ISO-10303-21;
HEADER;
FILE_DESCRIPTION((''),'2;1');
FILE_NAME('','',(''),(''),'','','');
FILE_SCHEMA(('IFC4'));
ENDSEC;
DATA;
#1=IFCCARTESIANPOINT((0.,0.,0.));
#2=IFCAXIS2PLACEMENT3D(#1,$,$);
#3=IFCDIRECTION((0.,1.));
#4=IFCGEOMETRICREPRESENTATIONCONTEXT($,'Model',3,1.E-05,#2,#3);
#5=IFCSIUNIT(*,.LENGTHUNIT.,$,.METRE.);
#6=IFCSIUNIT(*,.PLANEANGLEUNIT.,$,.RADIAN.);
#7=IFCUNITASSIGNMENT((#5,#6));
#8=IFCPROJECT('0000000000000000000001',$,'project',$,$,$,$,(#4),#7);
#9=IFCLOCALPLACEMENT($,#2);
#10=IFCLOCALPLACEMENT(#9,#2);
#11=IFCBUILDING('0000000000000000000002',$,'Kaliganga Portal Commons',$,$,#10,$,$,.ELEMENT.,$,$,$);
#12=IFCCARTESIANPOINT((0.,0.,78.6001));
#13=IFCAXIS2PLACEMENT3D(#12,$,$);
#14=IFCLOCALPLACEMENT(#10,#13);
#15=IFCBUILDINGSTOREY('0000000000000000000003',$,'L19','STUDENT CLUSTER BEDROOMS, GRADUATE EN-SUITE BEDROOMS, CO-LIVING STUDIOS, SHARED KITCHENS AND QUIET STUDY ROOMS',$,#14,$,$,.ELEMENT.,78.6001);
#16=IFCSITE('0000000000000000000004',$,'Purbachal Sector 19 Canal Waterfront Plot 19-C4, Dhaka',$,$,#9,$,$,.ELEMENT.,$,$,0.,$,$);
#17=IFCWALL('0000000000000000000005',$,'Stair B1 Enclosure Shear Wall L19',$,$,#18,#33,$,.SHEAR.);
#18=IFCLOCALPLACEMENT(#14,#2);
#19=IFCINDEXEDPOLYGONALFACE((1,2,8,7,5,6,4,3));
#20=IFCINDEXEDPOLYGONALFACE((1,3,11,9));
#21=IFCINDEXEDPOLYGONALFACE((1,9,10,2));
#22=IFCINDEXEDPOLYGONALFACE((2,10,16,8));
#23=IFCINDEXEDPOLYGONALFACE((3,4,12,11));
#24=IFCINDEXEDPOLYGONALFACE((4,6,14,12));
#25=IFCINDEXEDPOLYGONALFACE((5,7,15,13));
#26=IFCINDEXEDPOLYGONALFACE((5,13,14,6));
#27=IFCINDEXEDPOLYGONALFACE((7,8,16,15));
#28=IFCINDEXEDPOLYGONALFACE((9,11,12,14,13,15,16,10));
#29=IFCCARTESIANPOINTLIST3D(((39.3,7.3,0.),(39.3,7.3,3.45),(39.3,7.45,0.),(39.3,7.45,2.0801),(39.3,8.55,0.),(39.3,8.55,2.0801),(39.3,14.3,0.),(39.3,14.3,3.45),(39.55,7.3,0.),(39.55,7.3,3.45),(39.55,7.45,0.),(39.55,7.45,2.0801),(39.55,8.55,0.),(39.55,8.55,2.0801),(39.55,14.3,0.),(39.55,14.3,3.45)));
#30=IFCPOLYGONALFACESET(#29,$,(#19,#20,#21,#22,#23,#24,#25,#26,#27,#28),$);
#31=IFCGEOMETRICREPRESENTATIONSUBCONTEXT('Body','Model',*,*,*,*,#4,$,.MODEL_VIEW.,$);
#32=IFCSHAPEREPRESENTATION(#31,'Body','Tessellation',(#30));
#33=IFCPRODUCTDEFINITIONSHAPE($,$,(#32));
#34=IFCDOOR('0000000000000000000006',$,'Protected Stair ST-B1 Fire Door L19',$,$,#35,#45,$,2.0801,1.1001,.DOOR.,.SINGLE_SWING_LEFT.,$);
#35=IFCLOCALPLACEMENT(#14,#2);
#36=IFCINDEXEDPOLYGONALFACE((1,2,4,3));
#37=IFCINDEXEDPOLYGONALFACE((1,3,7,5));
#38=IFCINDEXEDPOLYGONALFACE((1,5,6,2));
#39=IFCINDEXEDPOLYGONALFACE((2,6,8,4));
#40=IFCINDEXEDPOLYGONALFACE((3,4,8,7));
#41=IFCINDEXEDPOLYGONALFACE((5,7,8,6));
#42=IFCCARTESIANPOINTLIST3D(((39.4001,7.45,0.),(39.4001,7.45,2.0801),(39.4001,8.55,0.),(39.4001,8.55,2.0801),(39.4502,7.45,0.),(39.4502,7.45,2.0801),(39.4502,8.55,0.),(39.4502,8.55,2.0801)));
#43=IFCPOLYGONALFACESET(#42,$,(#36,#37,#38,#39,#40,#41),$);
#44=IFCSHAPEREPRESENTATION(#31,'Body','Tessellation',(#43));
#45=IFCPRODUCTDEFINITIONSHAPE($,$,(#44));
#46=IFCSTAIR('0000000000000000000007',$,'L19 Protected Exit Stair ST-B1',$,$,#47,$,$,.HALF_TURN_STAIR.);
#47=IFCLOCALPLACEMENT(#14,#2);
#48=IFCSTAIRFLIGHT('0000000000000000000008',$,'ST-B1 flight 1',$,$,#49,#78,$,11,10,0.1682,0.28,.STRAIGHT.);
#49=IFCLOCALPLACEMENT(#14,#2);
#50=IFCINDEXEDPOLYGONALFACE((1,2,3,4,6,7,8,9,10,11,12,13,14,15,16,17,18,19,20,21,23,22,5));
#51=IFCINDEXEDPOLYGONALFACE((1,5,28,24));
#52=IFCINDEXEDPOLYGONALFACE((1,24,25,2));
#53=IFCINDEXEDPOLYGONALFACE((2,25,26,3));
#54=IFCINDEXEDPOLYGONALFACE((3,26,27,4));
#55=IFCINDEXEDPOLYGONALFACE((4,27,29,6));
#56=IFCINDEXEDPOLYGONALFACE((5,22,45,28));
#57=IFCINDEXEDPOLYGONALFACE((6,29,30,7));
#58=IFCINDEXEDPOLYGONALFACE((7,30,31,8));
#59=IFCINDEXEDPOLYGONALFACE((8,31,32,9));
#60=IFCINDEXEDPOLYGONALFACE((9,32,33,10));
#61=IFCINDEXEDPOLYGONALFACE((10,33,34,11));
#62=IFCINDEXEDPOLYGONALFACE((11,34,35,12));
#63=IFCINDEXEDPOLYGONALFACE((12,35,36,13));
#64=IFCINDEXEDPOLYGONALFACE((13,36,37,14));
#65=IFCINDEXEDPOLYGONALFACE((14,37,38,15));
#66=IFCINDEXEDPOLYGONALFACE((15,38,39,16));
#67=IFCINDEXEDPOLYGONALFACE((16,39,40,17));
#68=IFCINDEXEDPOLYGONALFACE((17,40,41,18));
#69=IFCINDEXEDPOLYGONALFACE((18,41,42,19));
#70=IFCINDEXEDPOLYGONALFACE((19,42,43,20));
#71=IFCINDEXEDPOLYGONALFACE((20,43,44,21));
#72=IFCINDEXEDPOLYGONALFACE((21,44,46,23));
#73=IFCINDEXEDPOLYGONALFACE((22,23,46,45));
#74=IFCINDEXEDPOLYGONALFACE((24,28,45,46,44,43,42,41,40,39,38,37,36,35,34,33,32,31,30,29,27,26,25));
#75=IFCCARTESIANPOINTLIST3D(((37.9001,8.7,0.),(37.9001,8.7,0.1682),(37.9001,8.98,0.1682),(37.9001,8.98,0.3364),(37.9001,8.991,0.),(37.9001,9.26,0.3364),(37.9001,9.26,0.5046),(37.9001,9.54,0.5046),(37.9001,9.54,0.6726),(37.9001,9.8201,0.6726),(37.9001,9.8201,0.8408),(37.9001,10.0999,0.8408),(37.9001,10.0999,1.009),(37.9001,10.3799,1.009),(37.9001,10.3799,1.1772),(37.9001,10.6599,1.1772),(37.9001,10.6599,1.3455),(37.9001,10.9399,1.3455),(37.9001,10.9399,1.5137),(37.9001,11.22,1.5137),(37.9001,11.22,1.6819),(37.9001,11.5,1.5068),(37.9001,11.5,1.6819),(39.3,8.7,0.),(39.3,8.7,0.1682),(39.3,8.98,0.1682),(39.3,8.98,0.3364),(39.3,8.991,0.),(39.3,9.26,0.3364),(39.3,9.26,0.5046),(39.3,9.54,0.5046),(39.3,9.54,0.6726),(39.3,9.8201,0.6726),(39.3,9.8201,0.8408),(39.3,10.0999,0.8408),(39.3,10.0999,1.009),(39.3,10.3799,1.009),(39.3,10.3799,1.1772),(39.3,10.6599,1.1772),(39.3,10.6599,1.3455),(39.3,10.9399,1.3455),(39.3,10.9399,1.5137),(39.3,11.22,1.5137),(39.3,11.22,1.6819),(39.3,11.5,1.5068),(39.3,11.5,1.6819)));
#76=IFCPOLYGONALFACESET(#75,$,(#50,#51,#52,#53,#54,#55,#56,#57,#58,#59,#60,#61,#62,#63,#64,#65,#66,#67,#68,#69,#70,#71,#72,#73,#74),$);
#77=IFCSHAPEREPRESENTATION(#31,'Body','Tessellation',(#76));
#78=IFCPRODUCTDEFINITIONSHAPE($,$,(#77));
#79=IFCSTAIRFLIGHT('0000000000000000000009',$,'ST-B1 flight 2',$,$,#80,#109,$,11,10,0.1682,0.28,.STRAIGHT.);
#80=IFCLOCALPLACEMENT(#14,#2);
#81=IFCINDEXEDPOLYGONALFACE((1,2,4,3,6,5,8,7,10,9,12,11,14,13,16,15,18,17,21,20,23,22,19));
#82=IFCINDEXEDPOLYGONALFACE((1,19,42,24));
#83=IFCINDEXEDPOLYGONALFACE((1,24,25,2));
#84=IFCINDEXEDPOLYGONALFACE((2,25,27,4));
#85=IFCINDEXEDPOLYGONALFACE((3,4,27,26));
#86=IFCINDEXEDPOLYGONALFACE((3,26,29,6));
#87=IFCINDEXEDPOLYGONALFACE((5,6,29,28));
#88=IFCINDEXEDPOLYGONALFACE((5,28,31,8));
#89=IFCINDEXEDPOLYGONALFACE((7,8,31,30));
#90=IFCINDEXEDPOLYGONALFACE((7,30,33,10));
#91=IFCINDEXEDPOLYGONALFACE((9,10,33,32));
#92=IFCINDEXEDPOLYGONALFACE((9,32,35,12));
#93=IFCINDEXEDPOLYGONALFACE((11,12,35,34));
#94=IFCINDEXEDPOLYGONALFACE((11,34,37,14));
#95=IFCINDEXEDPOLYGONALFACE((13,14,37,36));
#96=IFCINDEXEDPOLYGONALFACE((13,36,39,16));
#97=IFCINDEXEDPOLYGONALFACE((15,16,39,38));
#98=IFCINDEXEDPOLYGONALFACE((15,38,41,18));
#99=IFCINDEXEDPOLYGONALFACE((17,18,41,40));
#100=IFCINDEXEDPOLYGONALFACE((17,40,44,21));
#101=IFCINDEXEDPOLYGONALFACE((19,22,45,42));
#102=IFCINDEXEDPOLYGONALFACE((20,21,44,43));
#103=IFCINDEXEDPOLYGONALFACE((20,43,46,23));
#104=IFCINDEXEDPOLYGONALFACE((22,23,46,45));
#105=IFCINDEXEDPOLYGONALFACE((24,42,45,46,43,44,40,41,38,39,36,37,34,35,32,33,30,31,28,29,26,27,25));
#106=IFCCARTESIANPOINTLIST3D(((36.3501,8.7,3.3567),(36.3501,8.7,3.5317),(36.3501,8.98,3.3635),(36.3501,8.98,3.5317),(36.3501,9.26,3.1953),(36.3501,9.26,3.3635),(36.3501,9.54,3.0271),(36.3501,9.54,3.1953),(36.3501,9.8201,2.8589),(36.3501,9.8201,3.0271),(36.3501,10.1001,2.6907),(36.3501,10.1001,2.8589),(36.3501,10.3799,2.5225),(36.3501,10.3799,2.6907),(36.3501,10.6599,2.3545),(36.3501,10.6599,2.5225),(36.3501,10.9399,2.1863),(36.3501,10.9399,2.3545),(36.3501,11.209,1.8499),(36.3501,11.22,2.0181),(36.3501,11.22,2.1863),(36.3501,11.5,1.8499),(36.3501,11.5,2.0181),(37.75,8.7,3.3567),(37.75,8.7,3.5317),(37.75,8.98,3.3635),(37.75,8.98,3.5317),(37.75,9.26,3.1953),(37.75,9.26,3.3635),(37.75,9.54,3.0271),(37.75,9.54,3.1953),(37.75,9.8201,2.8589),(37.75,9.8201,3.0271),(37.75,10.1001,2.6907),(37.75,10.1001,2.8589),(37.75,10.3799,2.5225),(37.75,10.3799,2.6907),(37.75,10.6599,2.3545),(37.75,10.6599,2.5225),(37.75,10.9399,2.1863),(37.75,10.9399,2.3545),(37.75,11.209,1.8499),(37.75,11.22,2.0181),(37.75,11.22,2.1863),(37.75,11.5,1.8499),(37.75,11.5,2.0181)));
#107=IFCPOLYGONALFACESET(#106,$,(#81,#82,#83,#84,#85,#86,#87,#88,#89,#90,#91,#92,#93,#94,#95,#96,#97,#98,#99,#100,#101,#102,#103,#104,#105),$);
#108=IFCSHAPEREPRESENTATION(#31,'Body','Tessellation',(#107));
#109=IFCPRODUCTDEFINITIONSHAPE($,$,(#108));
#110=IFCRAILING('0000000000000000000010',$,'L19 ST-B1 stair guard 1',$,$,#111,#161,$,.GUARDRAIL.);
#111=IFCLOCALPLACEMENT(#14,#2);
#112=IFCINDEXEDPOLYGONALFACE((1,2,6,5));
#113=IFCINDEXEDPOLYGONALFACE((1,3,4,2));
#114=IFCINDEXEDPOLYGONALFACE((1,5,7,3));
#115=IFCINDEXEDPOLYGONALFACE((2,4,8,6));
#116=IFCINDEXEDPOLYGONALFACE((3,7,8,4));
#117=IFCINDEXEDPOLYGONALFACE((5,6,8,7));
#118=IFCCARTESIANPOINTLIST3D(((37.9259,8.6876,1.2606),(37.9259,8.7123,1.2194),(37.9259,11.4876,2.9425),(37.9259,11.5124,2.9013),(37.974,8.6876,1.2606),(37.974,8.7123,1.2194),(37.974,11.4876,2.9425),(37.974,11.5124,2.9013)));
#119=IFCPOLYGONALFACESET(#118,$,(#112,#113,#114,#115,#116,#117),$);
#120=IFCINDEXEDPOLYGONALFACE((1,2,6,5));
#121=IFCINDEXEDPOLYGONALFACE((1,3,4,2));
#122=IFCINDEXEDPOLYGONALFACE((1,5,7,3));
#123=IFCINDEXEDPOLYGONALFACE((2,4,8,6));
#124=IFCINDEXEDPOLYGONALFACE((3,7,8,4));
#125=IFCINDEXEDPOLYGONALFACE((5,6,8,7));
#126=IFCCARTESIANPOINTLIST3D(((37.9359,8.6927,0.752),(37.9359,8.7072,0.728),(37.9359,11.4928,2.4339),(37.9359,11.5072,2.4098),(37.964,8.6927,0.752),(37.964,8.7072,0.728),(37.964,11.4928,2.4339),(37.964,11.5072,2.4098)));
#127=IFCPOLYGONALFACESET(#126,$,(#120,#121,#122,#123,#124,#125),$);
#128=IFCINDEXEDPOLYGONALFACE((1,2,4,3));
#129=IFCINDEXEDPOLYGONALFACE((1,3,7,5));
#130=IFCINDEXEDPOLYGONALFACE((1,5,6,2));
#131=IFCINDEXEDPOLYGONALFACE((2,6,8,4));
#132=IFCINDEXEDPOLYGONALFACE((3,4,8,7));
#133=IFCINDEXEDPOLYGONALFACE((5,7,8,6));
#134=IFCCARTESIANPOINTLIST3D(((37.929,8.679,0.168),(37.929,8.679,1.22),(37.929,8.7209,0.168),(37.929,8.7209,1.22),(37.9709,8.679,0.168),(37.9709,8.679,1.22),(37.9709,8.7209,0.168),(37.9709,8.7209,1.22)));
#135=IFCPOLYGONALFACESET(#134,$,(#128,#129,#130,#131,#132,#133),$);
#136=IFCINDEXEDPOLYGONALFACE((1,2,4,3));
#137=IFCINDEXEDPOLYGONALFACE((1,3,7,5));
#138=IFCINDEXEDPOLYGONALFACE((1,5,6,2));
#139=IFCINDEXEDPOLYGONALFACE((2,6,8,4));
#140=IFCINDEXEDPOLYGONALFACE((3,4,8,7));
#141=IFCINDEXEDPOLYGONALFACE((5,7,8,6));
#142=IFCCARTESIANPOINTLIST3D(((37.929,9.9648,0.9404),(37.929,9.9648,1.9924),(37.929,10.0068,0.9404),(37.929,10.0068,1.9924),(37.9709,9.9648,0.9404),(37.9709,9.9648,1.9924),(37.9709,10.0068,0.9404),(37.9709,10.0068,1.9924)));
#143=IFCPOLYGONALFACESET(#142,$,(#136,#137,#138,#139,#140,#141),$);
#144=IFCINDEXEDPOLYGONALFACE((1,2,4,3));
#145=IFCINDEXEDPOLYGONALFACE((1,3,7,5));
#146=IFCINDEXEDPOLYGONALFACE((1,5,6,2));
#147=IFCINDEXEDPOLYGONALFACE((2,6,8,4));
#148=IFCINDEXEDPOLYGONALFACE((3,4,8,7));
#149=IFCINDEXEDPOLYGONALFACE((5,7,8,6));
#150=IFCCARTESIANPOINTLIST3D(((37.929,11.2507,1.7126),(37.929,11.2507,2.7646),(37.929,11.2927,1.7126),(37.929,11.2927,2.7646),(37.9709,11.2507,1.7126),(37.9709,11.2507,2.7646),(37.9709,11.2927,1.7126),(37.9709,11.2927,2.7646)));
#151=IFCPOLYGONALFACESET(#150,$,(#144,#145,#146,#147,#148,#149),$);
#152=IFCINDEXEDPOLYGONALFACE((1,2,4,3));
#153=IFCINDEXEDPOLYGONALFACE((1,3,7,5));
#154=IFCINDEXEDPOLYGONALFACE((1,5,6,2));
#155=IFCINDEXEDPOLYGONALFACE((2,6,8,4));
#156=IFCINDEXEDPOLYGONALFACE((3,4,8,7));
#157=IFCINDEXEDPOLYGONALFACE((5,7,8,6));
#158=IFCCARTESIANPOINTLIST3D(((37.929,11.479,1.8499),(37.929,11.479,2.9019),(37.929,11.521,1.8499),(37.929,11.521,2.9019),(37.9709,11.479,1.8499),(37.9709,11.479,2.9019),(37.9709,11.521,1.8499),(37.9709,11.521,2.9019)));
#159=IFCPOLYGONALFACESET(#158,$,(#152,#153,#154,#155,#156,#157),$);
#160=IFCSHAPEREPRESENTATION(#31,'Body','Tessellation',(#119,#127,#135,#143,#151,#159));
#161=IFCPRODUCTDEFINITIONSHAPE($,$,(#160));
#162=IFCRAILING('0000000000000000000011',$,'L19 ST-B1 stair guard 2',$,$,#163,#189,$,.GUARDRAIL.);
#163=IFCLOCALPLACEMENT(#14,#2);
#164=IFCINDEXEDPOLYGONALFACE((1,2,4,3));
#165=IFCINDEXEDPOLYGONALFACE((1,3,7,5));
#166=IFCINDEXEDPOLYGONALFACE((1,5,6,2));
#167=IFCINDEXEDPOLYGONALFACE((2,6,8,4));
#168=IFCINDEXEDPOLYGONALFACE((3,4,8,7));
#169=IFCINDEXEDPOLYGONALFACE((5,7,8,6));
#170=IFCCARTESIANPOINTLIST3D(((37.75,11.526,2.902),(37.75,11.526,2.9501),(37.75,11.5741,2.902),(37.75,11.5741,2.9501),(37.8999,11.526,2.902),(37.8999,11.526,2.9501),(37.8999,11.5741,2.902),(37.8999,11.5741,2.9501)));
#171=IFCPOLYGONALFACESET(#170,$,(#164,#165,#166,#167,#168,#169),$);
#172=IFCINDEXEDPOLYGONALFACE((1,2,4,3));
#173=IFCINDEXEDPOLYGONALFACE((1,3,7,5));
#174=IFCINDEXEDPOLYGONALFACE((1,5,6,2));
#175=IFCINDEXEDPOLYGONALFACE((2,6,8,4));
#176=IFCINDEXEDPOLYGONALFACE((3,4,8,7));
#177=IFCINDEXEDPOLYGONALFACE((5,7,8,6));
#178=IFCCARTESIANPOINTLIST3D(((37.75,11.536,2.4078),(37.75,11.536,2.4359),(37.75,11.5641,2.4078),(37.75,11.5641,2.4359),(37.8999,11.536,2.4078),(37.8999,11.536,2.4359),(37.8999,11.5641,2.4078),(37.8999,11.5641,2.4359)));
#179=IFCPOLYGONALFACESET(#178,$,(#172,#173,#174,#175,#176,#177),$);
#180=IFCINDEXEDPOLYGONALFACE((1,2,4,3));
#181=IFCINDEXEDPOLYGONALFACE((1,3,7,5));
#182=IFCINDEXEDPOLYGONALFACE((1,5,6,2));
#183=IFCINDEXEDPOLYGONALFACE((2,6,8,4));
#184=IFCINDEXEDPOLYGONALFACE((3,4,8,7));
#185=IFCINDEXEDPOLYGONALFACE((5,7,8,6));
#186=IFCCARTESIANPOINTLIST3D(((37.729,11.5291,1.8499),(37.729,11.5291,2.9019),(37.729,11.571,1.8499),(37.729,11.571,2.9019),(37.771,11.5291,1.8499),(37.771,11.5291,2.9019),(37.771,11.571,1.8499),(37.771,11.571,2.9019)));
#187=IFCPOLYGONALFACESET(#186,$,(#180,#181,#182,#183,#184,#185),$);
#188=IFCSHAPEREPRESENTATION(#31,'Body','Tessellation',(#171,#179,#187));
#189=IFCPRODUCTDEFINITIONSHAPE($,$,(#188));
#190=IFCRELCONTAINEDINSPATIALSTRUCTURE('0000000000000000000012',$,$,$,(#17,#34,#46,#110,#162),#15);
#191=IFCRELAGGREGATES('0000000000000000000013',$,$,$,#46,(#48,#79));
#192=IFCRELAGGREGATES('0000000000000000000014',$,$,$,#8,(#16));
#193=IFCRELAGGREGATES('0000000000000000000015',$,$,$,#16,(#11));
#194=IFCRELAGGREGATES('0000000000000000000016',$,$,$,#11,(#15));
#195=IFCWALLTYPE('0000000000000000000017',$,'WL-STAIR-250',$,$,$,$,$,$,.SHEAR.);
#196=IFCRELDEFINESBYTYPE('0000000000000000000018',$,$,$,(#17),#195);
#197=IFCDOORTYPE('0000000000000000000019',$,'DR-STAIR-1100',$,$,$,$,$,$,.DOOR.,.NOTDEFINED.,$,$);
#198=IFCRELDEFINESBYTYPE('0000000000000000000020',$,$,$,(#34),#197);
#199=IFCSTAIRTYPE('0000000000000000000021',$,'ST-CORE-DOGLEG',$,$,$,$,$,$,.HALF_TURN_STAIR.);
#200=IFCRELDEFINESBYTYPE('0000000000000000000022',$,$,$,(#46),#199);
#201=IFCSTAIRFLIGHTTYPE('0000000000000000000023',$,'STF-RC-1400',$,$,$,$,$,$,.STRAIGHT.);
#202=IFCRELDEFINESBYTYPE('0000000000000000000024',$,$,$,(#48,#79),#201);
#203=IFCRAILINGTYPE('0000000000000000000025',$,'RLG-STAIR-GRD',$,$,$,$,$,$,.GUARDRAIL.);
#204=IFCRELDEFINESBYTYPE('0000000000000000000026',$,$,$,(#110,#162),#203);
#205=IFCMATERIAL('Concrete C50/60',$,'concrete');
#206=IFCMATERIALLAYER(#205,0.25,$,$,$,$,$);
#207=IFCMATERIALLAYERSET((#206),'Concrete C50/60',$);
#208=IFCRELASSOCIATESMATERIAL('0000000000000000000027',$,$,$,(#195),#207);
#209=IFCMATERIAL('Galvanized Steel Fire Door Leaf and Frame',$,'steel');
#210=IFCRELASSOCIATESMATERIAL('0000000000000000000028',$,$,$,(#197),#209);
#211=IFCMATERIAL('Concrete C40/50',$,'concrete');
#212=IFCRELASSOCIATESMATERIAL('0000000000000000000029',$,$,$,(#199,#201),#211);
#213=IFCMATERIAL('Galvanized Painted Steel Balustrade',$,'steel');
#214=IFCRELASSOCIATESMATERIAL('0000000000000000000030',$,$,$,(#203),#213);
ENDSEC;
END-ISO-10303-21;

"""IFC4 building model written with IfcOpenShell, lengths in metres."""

from ifc_helpers import new_model, si_unit, direction, frame, frame_2d, origin, origin_2d, place, context, subcontext, project, spatial, polyline, rectangle, outline, extrude, material, layer, layer_set, type_object, element, fill, aggregate, save


model = new_model("IFC4")

# Units and contexts
model_context = context("Model", 3, precision=1e-05, world=origin(), true_north=direction((0.0, 1.0)))
body_context = subcontext(model_context, "Body", "Model", "MODEL_VIEW")
ifc_project = project(units=[si_unit("LENGTHUNIT", "METRE"), si_unit("PLANEANGLEUNIT", "RADIAN")], contexts=[model_context])

# Site, building, storey
site_placement = place(None, origin())
site = spatial("IfcSite", under=ifc_project, at=site_placement, Name="Purbachal Sector 19 Canal Waterfront Plot 19-C4, Dhaka", CompositionType="ELEMENT", RefElevation=0.0)
building_placement = place(site_placement, origin())
building = spatial("IfcBuilding", under=site, at=building_placement, Name="Kaliganga Portal Commons", CompositionType="ELEMENT")
storey_placement = place(building_placement, frame((0.0, 0.0, 78.6001)))
storey = spatial("IfcBuildingStorey", under=building, at=storey_placement, Name="L19", Description="STUDENT CLUSTER BEDROOMS, GRADUATE EN-SUITE BEDROOMS, CO-LIVING STUDIOS, SHARED KITCHENS AND QUIET STUDY ROOMS", CompositionType="ELEMENT", Elevation=78.6001)

# Wall, opening, door
ifc_material_1 = material(Name="Concrete C50/60", Category="concrete")
ifc_layer_1 = layer(ifc_material_1, 0.25)
ifc_layer_set_1 = layer_set([ifc_layer_1], Name="Concrete C50/60")
wall_type_1 = type_object("IfcWallType", Name="WL-STAIR-250", PredefinedType="SHEAR", material=ifc_layer_set_1)
wall_1_placement = place(storey_placement, frame((39.425, 7.3, 0.0), z_axis=(0.0, 0.0, 1.0), x_axis=(0.0, 1.0, 0.0)))
wall_1 = element("IfcWall", 1, at=wall_1_placement, inside=storey, type_object=wall_type_1, Name="Stair B1 Enclosure Shear Wall L19", PredefinedType="SHEAR", context=body_context, shape_type="SweptSolid", body=[
    extrude(rectangle(XDim=7.0, YDim=0.25, at=frame_2d((3.5, 0.0))), origin(), (0.0, 0.0, 1.0), 3.45),
])
opening_1_placement = place(wall_1_placement, frame((0.1499, 0.0, 0.0)))
opening_1 = element("IfcOpeningElement", 2, at=opening_1_placement, cuts=wall_1, PredefinedType="OPENING", context=body_context, shape_type="SweptSolid", body=[
    extrude(rectangle(XDim=1.1001, YDim=2.0801, at=frame_2d((0.55, 1.04))), frame((0.0, 0.135, 0.0), z_axis=(0.0, -1.0, 0.0), x_axis=(1.0, 0.0, 0.0)), (0.0, 0.0, 1.0), 0.27),
])
ifc_material_2 = material(Name="Galvanized Steel Fire Door Leaf and Frame", Category="steel")
door_type_1 = type_object("IfcDoorType", Name="DR-STAIR-1100", OperationType="NOTDEFINED", PredefinedType="DOOR", material=ifc_material_2)
door_1_placement = place(opening_1_placement, origin())
door_1 = element("IfcDoor", 3, at=door_1_placement, inside=storey, type_object=door_type_1, Name="Protected Stair ST-B1 Fire Door L19", OperationType="SINGLE_SWING_LEFT", OverallHeight=2.0801, OverallWidth=1.1001, PredefinedType="DOOR", context=body_context, shape_type="SweptSolid", body=[
    extrude(rectangle(XDim=1.1001, YDim=2.0801, at=frame_2d((0.55, 1.04))), frame((0.0, 0.0249, 0.0), z_axis=(0.0, -1.0, 0.0), x_axis=(1.0, 0.0, 0.0)), (0.0, 0.0, 1.0), 0.05),
])
fill(opening_1, door_1)

# Stair, stair flights
ifc_material_3 = material(Name="Concrete C40/50", Category="concrete")
stair_type = type_object("IfcStairType", Name="ST-CORE-DOGLEG", PredefinedType="HALF_TURN_STAIR", material=ifc_material_3)
stair_placement = place(storey_placement, origin())
stair = element("IfcStair", 4, at=stair_placement, inside=storey, type_object=stair_type, Name="L19 Protected Exit Stair ST-B1", PredefinedType="HALF_TURN_STAIR")
stair_flight_type = type_object("IfcStairFlightType", Name="STF-RC-1400", PredefinedType="STRAIGHT", material=ifc_material_3)
stair_flight_1_placement = place(storey_placement, frame((38.6001, 8.7, 0.0), z_axis=(0.0, 0.0, 1.0), x_axis=(0.0, 1.0, 0.0)))
stair_flight_1 = element("IfcStairFlight", 5, at=stair_flight_1_placement, type_object=stair_flight_type, Name="ST-B1 flight 1", NumberOfRisers=11, NumberOfTreads=10, PredefinedType="STRAIGHT", RiserHeight=0.1682, TreadLength=0.28, context=body_context, shape_type="SweptSolid", body=[
    extrude(outline(polyline([(0.0, 0.0), (0.0, 0.1682), (0.28, 0.1682), (0.28, 0.3364), (0.5601, 0.3364), (0.5601, 0.5046), (0.8401, 0.5046), (0.8401, 0.6726), (1.1201, 0.6726), (1.1201, 0.8408), (1.3999, 0.8408), (1.3999, 1.009), (1.6799, 1.009), (1.6799, 1.1772), (1.96, 1.1772), (1.96, 1.3455), (2.24, 1.3455), (2.24, 1.5137), (2.52, 1.5137), (2.52, 1.6819), (2.8, 1.6819), (2.8, 1.8501), (2.8, 1.5068), (0.291, 0.0), (0.0, 0.0)])), frame((0.0, 0.7, 0.0), z_axis=(0.0, -1.0, 0.0), x_axis=(1.0, 0.0, 0.0)), (0.0, 0.0, 1.0), 1.3999),
])
stair_flight_2_placement = place(storey_placement, frame((37.05, 11.5, 1.8499), z_axis=(0.0, 0.0, 1.0), x_axis=(0.0, -1.0, 0.0)))
stair_flight_2 = element("IfcStairFlight", 6, at=stair_flight_2_placement, type_object=stair_flight_type, Name="ST-B1 flight 2", NumberOfRisers=11, NumberOfTreads=10, PredefinedType="STRAIGHT", RiserHeight=0.1682, TreadLength=0.28, context=body_context, shape_type="SweptSolid", body=[
    extrude(outline(polyline([(0.0, 0.0), (0.0, 0.1682), (0.28, 0.1682), (0.28, 0.3364), (0.5601, 0.3364), (0.5601, 0.5046), (0.8401, 0.5046), (0.8401, 0.6726), (1.1201, 0.6726), (1.1201, 0.8408), (1.3999, 0.8408), (1.3999, 1.009), (1.6799, 1.009), (1.6799, 1.1772), (1.96, 1.1772), (1.96, 1.3455), (2.24, 1.3455), (2.24, 1.5137), (2.52, 1.5137), (2.52, 1.6819), (2.8, 1.6819), (2.8, 1.8501), (2.8, 1.5068), (0.291, 0.0), (0.0, 0.0)])), frame((0.0, 0.7, 0.0), z_axis=(0.0, -1.0, 0.0), x_axis=(1.0, 0.0, 0.0)), (0.0, 0.0, 1.0), 1.3999),
])
aggregate(stair, [stair_flight_1, stair_flight_2])

# Railings
ifc_material_4 = material(Name="Galvanized Painted Steel Balustrade", Category="steel")
railing_type_1 = type_object("IfcRailingType", Name="RLG-STAIR-GRD", PredefinedType="GUARDRAIL", material=ifc_material_4)
railing_1_placement = place(storey_placement, frame((37.95, 8.7, 0.168)))
element("IfcRailing", 7, at=railing_1_placement, inside=storey, type_object=railing_type_1, Name="L19 ST-B1 stair guard 1", PredefinedType="GUARDRAIL", context=body_context, shape_type="SweptSolid", body=[
    extrude(rectangle(XDim=0.0481, YDim=0.0481, at=origin_2d()), frame((0.0, 0.0, 1.072), z_axis=(0.0, 0.857242, 0.514913), x_axis=(-1.0, 0.0, 0.0)), (0.0, 0.0, 1.0), 3.2664),
    extrude(rectangle(XDim=0.0281, YDim=0.0281, at=origin_2d()), frame((0.0, 0.0, 0.572), z_axis=(0.0, 0.857242, 0.514913), x_axis=(-1.0, 0.0, 0.0)), (0.0, 0.0, 1.0), 3.2664),
    extrude(rectangle(XDim=0.042, YDim=0.042, at=origin_2d()), origin(), (0.0, 0.0, 1.0), 1.052),
    extrude(rectangle(XDim=0.042, YDim=0.042, at=origin_2d()), frame((0.0, 1.2859, 0.7725)), (0.0, 0.0, 1.0), 1.052),
    extrude(rectangle(XDim=0.042, YDim=0.042, at=origin_2d()), frame((0.0, 2.5718, 1.5447)), (0.0, 0.0, 1.0), 1.052),
    extrude(rectangle(XDim=0.042, YDim=0.042, at=origin_2d()), frame((0.0, 2.8, 1.6819)), (0.0, 0.0, 1.0), 1.052),
])
railing_2_placement = place(storey_placement, frame((37.8999, 11.55, 1.8499)))
element("IfcRailing", 8, at=railing_2_placement, inside=storey, type_object=railing_type_1, Name="L19 ST-B1 stair guard 2", PredefinedType="GUARDRAIL", context=body_context, shape_type="SweptSolid", body=[
    extrude(rectangle(XDim=0.0481, YDim=0.0481, at=origin_2d()), frame((0.0, 0.0, 1.0762), z_axis=(-1.0, 0.0, 0.0), x_axis=(0.0, -1.0, 0.0)), (0.0, 0.0, 1.0), 0.1499),
    extrude(rectangle(XDim=0.0281, YDim=0.0281, at=origin_2d()), frame((0.0, 0.0, 0.572), z_axis=(-1.0, 0.0, 0.0), x_axis=(0.0, -1.0, 0.0)), (0.0, 0.0, 1.0), 0.1499),
    extrude(rectangle(XDim=0.042, YDim=0.042, at=origin_2d()), frame((-0.1499, 0.0, 0.0)), (0.0, 0.0, 1.0), 1.052),
])

save(model, "model.ifc")
